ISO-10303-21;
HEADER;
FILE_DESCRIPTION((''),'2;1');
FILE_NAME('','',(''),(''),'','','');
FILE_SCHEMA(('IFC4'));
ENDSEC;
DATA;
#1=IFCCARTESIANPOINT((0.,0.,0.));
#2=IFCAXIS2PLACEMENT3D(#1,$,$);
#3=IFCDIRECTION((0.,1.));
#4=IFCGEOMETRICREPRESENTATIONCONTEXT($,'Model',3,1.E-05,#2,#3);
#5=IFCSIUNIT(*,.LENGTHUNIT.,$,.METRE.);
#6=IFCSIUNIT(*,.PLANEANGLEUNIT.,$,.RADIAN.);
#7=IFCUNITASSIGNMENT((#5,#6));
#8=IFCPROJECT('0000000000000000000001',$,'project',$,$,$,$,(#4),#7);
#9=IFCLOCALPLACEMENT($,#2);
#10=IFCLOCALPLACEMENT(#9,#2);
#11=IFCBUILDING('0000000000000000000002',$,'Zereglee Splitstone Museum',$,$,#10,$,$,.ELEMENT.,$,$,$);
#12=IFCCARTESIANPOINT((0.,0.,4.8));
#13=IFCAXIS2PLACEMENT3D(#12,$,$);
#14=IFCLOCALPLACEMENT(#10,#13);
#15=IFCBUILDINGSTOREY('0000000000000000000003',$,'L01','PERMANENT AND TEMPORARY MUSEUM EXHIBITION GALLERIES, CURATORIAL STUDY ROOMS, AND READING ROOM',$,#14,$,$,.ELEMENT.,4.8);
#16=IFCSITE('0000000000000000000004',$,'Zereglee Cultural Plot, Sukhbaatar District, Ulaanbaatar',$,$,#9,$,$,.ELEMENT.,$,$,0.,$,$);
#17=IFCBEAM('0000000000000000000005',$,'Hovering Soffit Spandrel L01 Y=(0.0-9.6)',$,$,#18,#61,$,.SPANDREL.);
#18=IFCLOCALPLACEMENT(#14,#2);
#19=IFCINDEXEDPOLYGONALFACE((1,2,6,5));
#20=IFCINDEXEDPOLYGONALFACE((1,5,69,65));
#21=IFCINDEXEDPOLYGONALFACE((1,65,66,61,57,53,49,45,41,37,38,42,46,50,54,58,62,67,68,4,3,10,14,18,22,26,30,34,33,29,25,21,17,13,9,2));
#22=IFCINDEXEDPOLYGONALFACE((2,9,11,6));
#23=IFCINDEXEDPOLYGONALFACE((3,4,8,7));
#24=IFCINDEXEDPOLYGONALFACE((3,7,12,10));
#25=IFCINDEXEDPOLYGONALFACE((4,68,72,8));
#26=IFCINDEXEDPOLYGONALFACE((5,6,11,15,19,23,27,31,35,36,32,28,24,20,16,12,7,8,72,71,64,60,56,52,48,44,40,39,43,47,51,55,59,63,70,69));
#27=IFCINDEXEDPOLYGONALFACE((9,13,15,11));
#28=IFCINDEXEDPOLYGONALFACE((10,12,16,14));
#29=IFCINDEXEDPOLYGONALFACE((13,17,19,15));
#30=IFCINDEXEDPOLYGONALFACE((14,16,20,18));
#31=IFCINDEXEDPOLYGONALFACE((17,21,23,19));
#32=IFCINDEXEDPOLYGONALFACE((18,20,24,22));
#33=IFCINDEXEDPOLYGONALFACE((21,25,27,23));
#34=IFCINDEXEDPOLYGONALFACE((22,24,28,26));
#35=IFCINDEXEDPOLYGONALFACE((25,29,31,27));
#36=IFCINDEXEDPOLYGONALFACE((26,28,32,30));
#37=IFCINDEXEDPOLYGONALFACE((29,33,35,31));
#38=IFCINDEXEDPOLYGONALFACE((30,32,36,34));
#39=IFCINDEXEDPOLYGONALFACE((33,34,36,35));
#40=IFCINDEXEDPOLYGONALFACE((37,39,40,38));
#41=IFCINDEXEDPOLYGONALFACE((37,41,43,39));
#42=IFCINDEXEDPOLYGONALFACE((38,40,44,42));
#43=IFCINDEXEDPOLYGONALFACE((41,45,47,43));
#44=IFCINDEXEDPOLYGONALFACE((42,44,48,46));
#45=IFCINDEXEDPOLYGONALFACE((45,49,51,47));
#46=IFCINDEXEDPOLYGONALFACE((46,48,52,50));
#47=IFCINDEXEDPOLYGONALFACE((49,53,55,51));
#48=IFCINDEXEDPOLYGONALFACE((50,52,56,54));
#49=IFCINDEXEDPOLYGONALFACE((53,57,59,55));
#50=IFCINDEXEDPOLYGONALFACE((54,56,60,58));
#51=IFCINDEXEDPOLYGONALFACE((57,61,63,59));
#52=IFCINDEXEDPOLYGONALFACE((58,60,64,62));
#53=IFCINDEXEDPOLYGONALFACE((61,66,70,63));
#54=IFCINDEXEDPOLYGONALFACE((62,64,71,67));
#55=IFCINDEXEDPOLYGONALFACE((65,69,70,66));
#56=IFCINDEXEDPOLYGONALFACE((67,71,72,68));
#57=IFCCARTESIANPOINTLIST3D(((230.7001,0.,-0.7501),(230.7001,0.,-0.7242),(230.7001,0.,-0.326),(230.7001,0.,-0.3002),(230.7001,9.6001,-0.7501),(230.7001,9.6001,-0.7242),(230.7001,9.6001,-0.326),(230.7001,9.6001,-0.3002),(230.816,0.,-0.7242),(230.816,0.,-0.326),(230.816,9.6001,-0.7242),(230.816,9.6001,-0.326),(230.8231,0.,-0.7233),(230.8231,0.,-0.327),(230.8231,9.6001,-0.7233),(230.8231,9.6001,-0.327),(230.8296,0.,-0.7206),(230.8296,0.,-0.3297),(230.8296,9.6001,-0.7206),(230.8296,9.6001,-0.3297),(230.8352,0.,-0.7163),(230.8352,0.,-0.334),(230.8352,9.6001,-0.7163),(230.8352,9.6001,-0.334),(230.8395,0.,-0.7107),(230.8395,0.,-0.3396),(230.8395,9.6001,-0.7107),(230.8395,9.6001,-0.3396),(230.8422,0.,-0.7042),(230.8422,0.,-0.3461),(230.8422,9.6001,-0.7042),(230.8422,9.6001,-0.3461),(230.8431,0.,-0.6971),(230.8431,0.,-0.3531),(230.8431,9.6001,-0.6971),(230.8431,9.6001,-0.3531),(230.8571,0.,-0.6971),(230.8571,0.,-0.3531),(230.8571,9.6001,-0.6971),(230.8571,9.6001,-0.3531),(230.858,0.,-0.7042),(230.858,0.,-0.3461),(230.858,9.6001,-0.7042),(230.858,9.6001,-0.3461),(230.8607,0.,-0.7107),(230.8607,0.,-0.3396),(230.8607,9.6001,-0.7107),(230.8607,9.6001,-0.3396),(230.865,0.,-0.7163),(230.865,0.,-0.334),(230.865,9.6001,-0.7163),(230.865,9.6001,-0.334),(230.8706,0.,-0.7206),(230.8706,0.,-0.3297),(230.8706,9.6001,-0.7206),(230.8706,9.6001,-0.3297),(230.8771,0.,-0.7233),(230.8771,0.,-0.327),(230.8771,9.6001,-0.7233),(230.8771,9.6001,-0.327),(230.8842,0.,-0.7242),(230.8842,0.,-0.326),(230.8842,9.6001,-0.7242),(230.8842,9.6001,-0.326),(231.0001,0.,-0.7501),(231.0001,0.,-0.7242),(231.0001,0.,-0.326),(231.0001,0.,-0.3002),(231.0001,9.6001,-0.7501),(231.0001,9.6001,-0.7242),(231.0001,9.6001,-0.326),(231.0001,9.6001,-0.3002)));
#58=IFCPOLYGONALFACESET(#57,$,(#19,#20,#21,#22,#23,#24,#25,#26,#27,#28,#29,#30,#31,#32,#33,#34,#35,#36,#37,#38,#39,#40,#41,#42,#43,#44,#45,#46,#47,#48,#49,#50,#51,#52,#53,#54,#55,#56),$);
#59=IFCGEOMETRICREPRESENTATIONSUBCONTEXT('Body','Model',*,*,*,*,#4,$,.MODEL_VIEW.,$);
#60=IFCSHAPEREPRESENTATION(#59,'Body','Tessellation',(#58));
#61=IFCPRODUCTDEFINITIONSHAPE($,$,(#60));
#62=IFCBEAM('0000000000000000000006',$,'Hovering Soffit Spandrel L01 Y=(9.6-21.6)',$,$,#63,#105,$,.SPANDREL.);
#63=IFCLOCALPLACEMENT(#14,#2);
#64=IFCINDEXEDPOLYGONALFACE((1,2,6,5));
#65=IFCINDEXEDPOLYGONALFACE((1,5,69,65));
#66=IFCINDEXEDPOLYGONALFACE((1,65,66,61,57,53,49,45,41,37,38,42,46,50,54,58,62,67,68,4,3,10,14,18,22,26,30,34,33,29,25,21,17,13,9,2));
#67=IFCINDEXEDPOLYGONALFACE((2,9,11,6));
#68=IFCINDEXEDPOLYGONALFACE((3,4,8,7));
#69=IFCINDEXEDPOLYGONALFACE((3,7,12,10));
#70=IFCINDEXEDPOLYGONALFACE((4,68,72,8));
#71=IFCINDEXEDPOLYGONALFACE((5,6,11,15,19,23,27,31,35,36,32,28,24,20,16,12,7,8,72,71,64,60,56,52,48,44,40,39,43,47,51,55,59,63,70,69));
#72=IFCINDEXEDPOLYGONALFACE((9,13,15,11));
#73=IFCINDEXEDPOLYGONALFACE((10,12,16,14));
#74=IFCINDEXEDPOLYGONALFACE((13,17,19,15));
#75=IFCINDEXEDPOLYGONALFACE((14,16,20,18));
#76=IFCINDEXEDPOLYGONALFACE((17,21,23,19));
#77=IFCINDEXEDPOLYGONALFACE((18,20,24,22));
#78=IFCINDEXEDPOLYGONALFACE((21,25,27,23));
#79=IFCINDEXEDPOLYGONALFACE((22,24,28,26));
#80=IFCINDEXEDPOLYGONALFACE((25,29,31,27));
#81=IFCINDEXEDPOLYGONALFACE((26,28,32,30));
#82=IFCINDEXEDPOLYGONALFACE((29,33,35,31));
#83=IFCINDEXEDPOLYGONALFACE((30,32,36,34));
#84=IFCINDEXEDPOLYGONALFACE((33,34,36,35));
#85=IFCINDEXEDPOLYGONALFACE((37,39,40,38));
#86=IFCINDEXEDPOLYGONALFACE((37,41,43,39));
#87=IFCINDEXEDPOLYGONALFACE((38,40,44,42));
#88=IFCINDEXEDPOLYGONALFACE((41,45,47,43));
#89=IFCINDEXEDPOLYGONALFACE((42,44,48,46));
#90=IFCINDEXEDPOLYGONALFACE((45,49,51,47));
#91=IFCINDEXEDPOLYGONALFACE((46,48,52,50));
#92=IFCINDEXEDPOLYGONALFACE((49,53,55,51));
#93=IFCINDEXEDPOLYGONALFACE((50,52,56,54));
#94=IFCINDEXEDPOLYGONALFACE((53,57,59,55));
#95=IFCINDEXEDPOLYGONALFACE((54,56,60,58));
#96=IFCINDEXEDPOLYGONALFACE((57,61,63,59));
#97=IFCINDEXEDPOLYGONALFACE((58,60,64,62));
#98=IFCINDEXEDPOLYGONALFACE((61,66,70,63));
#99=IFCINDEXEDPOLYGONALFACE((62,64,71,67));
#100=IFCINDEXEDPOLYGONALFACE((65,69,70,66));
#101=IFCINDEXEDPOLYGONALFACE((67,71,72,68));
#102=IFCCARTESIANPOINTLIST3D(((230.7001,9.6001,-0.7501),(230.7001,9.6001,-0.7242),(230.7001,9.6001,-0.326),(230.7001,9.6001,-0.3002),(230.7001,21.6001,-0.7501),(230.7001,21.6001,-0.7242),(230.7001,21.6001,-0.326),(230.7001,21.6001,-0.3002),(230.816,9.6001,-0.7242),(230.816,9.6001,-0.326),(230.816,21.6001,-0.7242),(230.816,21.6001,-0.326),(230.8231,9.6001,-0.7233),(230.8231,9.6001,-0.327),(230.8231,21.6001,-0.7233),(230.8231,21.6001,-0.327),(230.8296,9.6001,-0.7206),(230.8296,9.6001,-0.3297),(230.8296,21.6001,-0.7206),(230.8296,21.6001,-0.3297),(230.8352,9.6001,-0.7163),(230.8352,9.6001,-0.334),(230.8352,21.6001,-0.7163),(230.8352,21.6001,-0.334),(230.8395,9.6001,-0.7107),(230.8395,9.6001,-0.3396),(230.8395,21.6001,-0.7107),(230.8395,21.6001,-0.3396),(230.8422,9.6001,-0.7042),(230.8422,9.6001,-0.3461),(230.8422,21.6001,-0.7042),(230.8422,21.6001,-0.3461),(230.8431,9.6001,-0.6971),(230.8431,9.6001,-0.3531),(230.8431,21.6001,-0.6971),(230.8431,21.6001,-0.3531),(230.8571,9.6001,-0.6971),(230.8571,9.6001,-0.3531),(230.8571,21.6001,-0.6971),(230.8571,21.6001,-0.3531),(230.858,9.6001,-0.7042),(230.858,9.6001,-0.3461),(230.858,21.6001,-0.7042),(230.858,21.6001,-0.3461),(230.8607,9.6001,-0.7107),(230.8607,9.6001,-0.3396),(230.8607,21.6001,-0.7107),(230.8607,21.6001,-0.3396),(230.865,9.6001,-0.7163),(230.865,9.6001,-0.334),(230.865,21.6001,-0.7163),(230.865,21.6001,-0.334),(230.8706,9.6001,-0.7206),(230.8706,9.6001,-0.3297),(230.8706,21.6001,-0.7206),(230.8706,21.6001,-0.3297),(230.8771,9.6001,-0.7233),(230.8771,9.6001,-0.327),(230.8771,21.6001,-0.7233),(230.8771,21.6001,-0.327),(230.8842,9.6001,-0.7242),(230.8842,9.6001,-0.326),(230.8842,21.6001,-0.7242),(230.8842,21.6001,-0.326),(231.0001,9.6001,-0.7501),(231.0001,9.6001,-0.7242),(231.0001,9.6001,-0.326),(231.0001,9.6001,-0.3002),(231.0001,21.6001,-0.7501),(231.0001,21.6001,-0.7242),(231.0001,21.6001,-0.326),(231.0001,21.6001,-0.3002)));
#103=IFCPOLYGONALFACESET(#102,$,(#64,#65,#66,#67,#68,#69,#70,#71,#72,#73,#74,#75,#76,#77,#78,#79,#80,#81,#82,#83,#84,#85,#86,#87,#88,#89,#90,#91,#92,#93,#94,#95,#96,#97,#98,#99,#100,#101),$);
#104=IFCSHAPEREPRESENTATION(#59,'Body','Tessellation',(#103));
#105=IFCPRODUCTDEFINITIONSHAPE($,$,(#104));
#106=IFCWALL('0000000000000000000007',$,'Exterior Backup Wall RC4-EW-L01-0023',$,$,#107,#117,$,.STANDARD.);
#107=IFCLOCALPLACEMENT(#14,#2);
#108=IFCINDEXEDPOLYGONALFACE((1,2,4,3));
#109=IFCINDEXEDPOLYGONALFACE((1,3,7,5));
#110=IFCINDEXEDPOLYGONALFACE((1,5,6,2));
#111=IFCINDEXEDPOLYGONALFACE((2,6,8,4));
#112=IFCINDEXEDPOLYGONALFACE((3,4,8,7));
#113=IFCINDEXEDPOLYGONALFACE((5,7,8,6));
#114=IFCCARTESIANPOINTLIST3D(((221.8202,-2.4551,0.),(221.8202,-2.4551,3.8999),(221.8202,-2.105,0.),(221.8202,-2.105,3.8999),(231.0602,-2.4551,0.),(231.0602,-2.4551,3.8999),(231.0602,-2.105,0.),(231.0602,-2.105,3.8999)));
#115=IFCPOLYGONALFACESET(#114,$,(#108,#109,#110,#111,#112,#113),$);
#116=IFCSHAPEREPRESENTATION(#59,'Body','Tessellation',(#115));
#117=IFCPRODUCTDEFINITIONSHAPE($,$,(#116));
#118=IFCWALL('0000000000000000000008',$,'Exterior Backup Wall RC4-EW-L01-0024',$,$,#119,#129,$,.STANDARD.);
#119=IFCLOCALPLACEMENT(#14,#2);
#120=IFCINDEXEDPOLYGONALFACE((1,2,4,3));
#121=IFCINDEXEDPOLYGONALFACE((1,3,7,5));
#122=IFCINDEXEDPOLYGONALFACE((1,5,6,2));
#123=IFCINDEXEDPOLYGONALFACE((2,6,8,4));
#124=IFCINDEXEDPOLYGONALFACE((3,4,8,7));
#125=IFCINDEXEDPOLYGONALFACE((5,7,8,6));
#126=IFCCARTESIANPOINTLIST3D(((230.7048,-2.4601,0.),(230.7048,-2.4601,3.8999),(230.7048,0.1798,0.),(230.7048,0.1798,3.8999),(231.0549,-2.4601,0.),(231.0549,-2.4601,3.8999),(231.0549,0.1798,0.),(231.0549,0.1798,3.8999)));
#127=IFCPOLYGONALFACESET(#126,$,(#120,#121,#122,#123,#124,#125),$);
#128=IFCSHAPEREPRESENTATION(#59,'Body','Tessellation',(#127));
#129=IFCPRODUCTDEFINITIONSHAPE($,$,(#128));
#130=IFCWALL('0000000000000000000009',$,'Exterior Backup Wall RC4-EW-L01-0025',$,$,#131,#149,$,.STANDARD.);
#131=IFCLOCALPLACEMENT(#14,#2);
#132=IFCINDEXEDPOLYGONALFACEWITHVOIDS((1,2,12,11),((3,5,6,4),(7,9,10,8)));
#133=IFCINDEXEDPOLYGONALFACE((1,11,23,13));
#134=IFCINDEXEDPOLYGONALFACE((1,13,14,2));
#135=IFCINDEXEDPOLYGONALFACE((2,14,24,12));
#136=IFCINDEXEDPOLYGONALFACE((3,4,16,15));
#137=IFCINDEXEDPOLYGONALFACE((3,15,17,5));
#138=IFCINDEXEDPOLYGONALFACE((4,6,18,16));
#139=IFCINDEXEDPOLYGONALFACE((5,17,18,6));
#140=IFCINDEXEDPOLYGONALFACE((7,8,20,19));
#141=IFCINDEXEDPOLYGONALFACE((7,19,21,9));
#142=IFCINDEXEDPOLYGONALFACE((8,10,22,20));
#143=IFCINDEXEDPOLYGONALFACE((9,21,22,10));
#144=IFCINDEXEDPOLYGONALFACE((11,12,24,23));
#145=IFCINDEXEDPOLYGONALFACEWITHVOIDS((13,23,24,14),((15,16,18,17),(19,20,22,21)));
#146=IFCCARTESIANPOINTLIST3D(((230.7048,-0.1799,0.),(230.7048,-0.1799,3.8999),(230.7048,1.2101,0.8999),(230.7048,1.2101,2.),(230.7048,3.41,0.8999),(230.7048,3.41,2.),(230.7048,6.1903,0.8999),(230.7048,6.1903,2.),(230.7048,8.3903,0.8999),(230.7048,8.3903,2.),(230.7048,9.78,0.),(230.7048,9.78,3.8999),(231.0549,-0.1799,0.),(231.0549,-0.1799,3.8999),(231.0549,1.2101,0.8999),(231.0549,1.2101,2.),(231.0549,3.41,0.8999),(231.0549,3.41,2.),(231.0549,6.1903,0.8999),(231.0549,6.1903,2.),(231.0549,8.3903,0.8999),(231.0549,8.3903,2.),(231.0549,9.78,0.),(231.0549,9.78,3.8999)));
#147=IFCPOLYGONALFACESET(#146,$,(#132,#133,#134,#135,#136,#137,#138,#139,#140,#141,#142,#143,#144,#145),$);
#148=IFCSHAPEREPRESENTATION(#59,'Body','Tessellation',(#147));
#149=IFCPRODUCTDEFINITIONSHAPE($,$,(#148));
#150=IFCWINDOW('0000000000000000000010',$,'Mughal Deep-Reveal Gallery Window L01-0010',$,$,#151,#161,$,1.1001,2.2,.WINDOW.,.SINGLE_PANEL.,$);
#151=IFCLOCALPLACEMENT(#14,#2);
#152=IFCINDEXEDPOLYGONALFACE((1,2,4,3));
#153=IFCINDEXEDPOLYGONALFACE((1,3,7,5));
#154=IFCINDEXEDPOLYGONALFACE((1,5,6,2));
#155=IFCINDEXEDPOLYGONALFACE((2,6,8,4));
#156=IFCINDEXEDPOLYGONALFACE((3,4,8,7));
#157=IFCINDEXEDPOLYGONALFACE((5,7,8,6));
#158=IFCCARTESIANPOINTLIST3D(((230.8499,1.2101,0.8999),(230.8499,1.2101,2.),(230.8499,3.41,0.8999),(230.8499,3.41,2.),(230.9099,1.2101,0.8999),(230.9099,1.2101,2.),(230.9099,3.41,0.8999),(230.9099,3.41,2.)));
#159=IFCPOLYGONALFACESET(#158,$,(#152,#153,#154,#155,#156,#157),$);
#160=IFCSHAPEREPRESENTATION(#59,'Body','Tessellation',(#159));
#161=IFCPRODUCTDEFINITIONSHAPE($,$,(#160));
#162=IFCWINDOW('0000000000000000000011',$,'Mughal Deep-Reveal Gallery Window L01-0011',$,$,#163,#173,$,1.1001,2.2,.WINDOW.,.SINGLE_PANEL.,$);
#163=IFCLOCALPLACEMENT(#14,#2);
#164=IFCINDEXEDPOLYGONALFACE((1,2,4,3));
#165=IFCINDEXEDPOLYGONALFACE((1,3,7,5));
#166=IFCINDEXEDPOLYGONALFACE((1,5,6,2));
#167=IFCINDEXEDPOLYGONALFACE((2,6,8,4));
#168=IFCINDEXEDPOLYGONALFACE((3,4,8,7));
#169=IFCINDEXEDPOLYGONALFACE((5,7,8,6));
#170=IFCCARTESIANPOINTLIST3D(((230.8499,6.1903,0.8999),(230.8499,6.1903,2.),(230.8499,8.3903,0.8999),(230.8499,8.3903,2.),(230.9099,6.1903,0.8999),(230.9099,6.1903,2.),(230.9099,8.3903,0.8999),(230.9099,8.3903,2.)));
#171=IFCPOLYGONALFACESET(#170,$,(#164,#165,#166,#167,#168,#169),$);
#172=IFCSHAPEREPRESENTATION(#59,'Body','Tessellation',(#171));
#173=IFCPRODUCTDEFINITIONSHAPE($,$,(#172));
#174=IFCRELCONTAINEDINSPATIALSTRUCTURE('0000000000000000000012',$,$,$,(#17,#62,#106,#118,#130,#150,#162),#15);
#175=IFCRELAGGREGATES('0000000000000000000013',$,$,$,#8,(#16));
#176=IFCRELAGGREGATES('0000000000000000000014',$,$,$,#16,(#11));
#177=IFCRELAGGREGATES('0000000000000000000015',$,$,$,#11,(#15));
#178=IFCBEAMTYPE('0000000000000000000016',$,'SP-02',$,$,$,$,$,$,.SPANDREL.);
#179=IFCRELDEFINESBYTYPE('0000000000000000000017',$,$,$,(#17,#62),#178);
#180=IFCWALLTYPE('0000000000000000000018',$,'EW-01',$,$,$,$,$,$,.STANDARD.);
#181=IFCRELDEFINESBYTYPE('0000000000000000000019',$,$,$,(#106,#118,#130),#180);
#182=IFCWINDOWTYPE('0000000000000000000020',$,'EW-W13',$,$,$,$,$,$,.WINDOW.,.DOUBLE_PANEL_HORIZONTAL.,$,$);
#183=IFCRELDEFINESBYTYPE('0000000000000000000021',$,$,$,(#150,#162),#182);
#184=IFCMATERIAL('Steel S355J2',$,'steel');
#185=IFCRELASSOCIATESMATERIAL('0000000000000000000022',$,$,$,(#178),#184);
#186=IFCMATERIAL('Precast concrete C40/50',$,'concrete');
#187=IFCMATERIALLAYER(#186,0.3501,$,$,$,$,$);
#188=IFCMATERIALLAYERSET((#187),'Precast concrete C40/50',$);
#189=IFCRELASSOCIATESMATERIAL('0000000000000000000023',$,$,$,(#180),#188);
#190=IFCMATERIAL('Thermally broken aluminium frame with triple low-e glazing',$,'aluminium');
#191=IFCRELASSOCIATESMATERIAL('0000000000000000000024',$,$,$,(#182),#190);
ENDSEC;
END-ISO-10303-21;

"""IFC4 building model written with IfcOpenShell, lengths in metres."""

from ifc_helpers import new_model, si_unit, direction, frame, frame_2d, origin, origin_2d, place, context, subcontext, project, spatial, rectangle, i_section, extrude, material, layer, layer_set, material_profile, profile_set, type_object, element, fill, save


model = new_model("IFC4")

# Units and contexts
model_context = context("Model", 3, precision=1e-05, world=origin(), true_north=direction((0.0, 1.0)))
body_context = subcontext(model_context, "Body", "Model", "MODEL_VIEW")
ifc_project = project(units=[si_unit("LENGTHUNIT", "METRE"), si_unit("PLANEANGLEUNIT", "RADIAN")], contexts=[model_context])

# Site, building, storey
site_placement = place(None, origin())
site = spatial("IfcSite", under=ifc_project, at=site_placement, Name="Zereglee Cultural Plot, Sukhbaatar District, Ulaanbaatar", CompositionType="ELEMENT", RefElevation=0.0)
building_placement = place(site_placement, origin())
building = spatial("IfcBuilding", under=site, at=building_placement, Name="Zereglee Splitstone Museum", CompositionType="ELEMENT")
storey_placement = place(building_placement, frame((0.0, 0.0, 4.8)))
storey = spatial("IfcBuildingStorey", under=building, at=storey_placement, Name="L01", Description="PERMANENT AND TEMPORARY MUSEUM EXHIBITION GALLERIES, CURATORIAL STUDY ROOMS, AND READING ROOM", CompositionType="ELEMENT", Elevation=4.8)

# Shared definitions
ifc_material_1 = material(Name="Steel S355J2", Category="steel")

# Beams
ifc_material_profile_1 = material_profile(ifc_material_1, i_section(OverallWidth=0.3, OverallDepth=0.45, WebThickness=0.0139, FlangeThickness=0.0259, FilletRadius=0.0271, at=origin_2d()), Name="HE 450 B")
ifc_profile_set_1 = profile_set([ifc_material_profile_1], Name="Steel S355J2")
beam_type_1 = type_object("IfcBeamType", Name="SP-02", PredefinedType="SPANDREL", material=ifc_profile_set_1)
beam_1_placement = place(storey_placement, frame((230.8501, 0.0, -0.5251), z_axis=(0.0, 1.0, 0.0), x_axis=(-1.0, 0.0, 0.0)))
element("IfcBeam", 1, at=beam_1_placement, inside=storey, type_object=beam_type_1, Name="Hovering Soffit Spandrel L01 Y=(0.0-9.6)", PredefinedType="SPANDREL", context=body_context, shape_type="SweptSolid", body=[
    extrude(i_section(OverallWidth=0.3, OverallDepth=0.45, WebThickness=0.0139, FlangeThickness=0.0259, FilletRadius=0.0271, at=origin_2d()), origin(), (0.0, 0.0, 1.0), 9.6001),
])
beam_2_placement = place(storey_placement, frame((230.8501, 9.6001, -0.5251), z_axis=(0.0, 1.0, 0.0), x_axis=(-1.0, 0.0, 0.0)))
element("IfcBeam", 2, at=beam_2_placement, inside=storey, type_object=beam_type_1, Name="Hovering Soffit Spandrel L01 Y=(9.6-21.6)", PredefinedType="SPANDREL", context=body_context, shape_type="SweptSolid", body=[
    extrude(i_section(OverallWidth=0.3, OverallDepth=0.45, WebThickness=0.0139, FlangeThickness=0.0259, FilletRadius=0.0271, at=origin_2d()), origin(), (0.0, 0.0, 1.0), 12.0),
])

# Walls
ifc_material_2 = material(Name="Precast concrete C40/50", Category="concrete")
ifc_layer_1 = layer(ifc_material_2, 0.3501)
ifc_layer_set_1 = layer_set([ifc_layer_1], Name="Precast concrete C40/50")
wall_type = type_object("IfcWallType", Name="EW-01", PredefinedType="STANDARD", material=ifc_layer_set_1)
wall_1_placement = place(storey_placement, frame((221.8201, -2.28, 0.0), z_axis=(0.0, 0.0, 1.0), x_axis=(1.0, 0.0, 0.0)))
element("IfcWall", 3, at=wall_1_placement, inside=storey, type_object=wall_type, Name="Exterior Backup Wall RC4-EW-L01-0023", PredefinedType="STANDARD", context=body_context, shape_type="SweptSolid", body=[
    extrude(rectangle(XDim=9.24, YDim=0.3501, at=frame_2d((4.6201, 0.0))), origin(), (0.0, 0.0, 1.0), 3.8999),
])
wall_2_placement = place(storey_placement, frame((230.8799, -2.46, 0.0), z_axis=(0.0, 0.0, 1.0), x_axis=(0.0, 1.0, 0.0)))
element("IfcWall", 4, at=wall_2_placement, inside=storey, type_object=wall_type, Name="Exterior Backup Wall RC4-EW-L01-0024", PredefinedType="STANDARD", context=body_context, shape_type="SweptSolid", body=[
    extrude(rectangle(XDim=2.6399, YDim=0.3501, at=frame_2d((1.3198, 0.0))), origin(), (0.0, 0.0, 1.0), 3.8999),
])

# Wall, openings, windows
wall_3_placement = place(storey_placement, frame((230.8799, -0.1799, 0.0), z_axis=(0.0, 0.0, 1.0), x_axis=(0.0, 1.0, 0.0)))
wall_3 = element("IfcWall", 5, at=wall_3_placement, inside=storey, type_object=wall_type, Name="Exterior Backup Wall RC4-EW-L01-0025", PredefinedType="STANDARD", context=body_context, shape_type="SweptSolid", body=[
    extrude(rectangle(XDim=9.96, YDim=0.3501, at=frame_2d((4.98, 0.0))), origin(), (0.0, 0.0, 1.0), 3.8999),
])
opening_1_placement = place(wall_3_placement, frame((1.3899, 0.0, 0.8999)))
opening_1 = element("IfcOpeningElement", 6, at=opening_1_placement, cuts=wall_3, PredefinedType="OPENING", context=body_context, shape_type="SweptSolid", body=[
    extrude(rectangle(XDim=2.2, YDim=1.1001, at=frame_2d((1.1001, 0.55))), frame((0.0, 0.1899, 0.0), z_axis=(0.0, -1.0, 0.0), x_axis=(1.0, 0.0, 0.0)), (0.0, 0.0, 1.0), 0.3799),
])
opening_2_placement = place(wall_3_placement, frame((6.3701, 0.0, 0.8999)))
opening_2 = element("IfcOpeningElement", 7, at=opening_2_placement, cuts=wall_3, PredefinedType="OPENING", context=body_context, shape_type="SweptSolid", body=[
    extrude(rectangle(XDim=2.2, YDim=1.1001, at=frame_2d((1.1001, 0.55))), frame((0.0, 0.1899, 0.0), z_axis=(0.0, -1.0, 0.0), x_axis=(1.0, 0.0, 0.0)), (0.0, 0.0, 1.0), 0.3799),
])
ifc_material_3 = material(Name="Thermally broken aluminium frame with triple low-e glazing", Category="aluminium")
window_type_1 = type_object("IfcWindowType", Name="EW-W13", PartitioningType="DOUBLE_PANEL_HORIZONTAL", PredefinedType="WINDOW", material=ifc_material_3)
window_1_placement = place(opening_1_placement, origin())
window_1 = element("IfcWindow", 8, at=window_1_placement, inside=storey, type_object=window_type_1, Name="Mughal Deep-Reveal Gallery Window L01-0010", OverallHeight=1.1001, OverallWidth=2.2, PartitioningType="SINGLE_PANEL", PredefinedType="WINDOW", context=body_context, shape_type="SweptSolid", body=[
    extrude(rectangle(XDim=2.2, YDim=1.1001, at=frame_2d((1.1001, 0.55))), frame((0.0, 0.03, 0.0), z_axis=(0.0, -1.0, 0.0), x_axis=(1.0, 0.0, 0.0)), (0.0, 0.0, 1.0), 0.0601),
])
fill(opening_1, window_1)
window_2_placement = place(opening_2_placement, origin())
window_2 = element("IfcWindow", 9, at=window_2_placement, inside=storey, type_object=window_type_1, Name="Mughal Deep-Reveal Gallery Window L01-0011", OverallHeight=1.1001, OverallWidth=2.2, PartitioningType="SINGLE_PANEL", PredefinedType="WINDOW", context=body_context, shape_type="SweptSolid", body=[
    extrude(rectangle(XDim=2.2, YDim=1.1001, at=frame_2d((1.1001, 0.55))), frame((0.0, 0.03, 0.0), z_axis=(0.0, -1.0, 0.0), x_axis=(1.0, 0.0, 0.0)), (0.0, 0.0, 1.0), 0.0601),
])
fill(opening_2, window_2)

save(model, "model.ifc")
